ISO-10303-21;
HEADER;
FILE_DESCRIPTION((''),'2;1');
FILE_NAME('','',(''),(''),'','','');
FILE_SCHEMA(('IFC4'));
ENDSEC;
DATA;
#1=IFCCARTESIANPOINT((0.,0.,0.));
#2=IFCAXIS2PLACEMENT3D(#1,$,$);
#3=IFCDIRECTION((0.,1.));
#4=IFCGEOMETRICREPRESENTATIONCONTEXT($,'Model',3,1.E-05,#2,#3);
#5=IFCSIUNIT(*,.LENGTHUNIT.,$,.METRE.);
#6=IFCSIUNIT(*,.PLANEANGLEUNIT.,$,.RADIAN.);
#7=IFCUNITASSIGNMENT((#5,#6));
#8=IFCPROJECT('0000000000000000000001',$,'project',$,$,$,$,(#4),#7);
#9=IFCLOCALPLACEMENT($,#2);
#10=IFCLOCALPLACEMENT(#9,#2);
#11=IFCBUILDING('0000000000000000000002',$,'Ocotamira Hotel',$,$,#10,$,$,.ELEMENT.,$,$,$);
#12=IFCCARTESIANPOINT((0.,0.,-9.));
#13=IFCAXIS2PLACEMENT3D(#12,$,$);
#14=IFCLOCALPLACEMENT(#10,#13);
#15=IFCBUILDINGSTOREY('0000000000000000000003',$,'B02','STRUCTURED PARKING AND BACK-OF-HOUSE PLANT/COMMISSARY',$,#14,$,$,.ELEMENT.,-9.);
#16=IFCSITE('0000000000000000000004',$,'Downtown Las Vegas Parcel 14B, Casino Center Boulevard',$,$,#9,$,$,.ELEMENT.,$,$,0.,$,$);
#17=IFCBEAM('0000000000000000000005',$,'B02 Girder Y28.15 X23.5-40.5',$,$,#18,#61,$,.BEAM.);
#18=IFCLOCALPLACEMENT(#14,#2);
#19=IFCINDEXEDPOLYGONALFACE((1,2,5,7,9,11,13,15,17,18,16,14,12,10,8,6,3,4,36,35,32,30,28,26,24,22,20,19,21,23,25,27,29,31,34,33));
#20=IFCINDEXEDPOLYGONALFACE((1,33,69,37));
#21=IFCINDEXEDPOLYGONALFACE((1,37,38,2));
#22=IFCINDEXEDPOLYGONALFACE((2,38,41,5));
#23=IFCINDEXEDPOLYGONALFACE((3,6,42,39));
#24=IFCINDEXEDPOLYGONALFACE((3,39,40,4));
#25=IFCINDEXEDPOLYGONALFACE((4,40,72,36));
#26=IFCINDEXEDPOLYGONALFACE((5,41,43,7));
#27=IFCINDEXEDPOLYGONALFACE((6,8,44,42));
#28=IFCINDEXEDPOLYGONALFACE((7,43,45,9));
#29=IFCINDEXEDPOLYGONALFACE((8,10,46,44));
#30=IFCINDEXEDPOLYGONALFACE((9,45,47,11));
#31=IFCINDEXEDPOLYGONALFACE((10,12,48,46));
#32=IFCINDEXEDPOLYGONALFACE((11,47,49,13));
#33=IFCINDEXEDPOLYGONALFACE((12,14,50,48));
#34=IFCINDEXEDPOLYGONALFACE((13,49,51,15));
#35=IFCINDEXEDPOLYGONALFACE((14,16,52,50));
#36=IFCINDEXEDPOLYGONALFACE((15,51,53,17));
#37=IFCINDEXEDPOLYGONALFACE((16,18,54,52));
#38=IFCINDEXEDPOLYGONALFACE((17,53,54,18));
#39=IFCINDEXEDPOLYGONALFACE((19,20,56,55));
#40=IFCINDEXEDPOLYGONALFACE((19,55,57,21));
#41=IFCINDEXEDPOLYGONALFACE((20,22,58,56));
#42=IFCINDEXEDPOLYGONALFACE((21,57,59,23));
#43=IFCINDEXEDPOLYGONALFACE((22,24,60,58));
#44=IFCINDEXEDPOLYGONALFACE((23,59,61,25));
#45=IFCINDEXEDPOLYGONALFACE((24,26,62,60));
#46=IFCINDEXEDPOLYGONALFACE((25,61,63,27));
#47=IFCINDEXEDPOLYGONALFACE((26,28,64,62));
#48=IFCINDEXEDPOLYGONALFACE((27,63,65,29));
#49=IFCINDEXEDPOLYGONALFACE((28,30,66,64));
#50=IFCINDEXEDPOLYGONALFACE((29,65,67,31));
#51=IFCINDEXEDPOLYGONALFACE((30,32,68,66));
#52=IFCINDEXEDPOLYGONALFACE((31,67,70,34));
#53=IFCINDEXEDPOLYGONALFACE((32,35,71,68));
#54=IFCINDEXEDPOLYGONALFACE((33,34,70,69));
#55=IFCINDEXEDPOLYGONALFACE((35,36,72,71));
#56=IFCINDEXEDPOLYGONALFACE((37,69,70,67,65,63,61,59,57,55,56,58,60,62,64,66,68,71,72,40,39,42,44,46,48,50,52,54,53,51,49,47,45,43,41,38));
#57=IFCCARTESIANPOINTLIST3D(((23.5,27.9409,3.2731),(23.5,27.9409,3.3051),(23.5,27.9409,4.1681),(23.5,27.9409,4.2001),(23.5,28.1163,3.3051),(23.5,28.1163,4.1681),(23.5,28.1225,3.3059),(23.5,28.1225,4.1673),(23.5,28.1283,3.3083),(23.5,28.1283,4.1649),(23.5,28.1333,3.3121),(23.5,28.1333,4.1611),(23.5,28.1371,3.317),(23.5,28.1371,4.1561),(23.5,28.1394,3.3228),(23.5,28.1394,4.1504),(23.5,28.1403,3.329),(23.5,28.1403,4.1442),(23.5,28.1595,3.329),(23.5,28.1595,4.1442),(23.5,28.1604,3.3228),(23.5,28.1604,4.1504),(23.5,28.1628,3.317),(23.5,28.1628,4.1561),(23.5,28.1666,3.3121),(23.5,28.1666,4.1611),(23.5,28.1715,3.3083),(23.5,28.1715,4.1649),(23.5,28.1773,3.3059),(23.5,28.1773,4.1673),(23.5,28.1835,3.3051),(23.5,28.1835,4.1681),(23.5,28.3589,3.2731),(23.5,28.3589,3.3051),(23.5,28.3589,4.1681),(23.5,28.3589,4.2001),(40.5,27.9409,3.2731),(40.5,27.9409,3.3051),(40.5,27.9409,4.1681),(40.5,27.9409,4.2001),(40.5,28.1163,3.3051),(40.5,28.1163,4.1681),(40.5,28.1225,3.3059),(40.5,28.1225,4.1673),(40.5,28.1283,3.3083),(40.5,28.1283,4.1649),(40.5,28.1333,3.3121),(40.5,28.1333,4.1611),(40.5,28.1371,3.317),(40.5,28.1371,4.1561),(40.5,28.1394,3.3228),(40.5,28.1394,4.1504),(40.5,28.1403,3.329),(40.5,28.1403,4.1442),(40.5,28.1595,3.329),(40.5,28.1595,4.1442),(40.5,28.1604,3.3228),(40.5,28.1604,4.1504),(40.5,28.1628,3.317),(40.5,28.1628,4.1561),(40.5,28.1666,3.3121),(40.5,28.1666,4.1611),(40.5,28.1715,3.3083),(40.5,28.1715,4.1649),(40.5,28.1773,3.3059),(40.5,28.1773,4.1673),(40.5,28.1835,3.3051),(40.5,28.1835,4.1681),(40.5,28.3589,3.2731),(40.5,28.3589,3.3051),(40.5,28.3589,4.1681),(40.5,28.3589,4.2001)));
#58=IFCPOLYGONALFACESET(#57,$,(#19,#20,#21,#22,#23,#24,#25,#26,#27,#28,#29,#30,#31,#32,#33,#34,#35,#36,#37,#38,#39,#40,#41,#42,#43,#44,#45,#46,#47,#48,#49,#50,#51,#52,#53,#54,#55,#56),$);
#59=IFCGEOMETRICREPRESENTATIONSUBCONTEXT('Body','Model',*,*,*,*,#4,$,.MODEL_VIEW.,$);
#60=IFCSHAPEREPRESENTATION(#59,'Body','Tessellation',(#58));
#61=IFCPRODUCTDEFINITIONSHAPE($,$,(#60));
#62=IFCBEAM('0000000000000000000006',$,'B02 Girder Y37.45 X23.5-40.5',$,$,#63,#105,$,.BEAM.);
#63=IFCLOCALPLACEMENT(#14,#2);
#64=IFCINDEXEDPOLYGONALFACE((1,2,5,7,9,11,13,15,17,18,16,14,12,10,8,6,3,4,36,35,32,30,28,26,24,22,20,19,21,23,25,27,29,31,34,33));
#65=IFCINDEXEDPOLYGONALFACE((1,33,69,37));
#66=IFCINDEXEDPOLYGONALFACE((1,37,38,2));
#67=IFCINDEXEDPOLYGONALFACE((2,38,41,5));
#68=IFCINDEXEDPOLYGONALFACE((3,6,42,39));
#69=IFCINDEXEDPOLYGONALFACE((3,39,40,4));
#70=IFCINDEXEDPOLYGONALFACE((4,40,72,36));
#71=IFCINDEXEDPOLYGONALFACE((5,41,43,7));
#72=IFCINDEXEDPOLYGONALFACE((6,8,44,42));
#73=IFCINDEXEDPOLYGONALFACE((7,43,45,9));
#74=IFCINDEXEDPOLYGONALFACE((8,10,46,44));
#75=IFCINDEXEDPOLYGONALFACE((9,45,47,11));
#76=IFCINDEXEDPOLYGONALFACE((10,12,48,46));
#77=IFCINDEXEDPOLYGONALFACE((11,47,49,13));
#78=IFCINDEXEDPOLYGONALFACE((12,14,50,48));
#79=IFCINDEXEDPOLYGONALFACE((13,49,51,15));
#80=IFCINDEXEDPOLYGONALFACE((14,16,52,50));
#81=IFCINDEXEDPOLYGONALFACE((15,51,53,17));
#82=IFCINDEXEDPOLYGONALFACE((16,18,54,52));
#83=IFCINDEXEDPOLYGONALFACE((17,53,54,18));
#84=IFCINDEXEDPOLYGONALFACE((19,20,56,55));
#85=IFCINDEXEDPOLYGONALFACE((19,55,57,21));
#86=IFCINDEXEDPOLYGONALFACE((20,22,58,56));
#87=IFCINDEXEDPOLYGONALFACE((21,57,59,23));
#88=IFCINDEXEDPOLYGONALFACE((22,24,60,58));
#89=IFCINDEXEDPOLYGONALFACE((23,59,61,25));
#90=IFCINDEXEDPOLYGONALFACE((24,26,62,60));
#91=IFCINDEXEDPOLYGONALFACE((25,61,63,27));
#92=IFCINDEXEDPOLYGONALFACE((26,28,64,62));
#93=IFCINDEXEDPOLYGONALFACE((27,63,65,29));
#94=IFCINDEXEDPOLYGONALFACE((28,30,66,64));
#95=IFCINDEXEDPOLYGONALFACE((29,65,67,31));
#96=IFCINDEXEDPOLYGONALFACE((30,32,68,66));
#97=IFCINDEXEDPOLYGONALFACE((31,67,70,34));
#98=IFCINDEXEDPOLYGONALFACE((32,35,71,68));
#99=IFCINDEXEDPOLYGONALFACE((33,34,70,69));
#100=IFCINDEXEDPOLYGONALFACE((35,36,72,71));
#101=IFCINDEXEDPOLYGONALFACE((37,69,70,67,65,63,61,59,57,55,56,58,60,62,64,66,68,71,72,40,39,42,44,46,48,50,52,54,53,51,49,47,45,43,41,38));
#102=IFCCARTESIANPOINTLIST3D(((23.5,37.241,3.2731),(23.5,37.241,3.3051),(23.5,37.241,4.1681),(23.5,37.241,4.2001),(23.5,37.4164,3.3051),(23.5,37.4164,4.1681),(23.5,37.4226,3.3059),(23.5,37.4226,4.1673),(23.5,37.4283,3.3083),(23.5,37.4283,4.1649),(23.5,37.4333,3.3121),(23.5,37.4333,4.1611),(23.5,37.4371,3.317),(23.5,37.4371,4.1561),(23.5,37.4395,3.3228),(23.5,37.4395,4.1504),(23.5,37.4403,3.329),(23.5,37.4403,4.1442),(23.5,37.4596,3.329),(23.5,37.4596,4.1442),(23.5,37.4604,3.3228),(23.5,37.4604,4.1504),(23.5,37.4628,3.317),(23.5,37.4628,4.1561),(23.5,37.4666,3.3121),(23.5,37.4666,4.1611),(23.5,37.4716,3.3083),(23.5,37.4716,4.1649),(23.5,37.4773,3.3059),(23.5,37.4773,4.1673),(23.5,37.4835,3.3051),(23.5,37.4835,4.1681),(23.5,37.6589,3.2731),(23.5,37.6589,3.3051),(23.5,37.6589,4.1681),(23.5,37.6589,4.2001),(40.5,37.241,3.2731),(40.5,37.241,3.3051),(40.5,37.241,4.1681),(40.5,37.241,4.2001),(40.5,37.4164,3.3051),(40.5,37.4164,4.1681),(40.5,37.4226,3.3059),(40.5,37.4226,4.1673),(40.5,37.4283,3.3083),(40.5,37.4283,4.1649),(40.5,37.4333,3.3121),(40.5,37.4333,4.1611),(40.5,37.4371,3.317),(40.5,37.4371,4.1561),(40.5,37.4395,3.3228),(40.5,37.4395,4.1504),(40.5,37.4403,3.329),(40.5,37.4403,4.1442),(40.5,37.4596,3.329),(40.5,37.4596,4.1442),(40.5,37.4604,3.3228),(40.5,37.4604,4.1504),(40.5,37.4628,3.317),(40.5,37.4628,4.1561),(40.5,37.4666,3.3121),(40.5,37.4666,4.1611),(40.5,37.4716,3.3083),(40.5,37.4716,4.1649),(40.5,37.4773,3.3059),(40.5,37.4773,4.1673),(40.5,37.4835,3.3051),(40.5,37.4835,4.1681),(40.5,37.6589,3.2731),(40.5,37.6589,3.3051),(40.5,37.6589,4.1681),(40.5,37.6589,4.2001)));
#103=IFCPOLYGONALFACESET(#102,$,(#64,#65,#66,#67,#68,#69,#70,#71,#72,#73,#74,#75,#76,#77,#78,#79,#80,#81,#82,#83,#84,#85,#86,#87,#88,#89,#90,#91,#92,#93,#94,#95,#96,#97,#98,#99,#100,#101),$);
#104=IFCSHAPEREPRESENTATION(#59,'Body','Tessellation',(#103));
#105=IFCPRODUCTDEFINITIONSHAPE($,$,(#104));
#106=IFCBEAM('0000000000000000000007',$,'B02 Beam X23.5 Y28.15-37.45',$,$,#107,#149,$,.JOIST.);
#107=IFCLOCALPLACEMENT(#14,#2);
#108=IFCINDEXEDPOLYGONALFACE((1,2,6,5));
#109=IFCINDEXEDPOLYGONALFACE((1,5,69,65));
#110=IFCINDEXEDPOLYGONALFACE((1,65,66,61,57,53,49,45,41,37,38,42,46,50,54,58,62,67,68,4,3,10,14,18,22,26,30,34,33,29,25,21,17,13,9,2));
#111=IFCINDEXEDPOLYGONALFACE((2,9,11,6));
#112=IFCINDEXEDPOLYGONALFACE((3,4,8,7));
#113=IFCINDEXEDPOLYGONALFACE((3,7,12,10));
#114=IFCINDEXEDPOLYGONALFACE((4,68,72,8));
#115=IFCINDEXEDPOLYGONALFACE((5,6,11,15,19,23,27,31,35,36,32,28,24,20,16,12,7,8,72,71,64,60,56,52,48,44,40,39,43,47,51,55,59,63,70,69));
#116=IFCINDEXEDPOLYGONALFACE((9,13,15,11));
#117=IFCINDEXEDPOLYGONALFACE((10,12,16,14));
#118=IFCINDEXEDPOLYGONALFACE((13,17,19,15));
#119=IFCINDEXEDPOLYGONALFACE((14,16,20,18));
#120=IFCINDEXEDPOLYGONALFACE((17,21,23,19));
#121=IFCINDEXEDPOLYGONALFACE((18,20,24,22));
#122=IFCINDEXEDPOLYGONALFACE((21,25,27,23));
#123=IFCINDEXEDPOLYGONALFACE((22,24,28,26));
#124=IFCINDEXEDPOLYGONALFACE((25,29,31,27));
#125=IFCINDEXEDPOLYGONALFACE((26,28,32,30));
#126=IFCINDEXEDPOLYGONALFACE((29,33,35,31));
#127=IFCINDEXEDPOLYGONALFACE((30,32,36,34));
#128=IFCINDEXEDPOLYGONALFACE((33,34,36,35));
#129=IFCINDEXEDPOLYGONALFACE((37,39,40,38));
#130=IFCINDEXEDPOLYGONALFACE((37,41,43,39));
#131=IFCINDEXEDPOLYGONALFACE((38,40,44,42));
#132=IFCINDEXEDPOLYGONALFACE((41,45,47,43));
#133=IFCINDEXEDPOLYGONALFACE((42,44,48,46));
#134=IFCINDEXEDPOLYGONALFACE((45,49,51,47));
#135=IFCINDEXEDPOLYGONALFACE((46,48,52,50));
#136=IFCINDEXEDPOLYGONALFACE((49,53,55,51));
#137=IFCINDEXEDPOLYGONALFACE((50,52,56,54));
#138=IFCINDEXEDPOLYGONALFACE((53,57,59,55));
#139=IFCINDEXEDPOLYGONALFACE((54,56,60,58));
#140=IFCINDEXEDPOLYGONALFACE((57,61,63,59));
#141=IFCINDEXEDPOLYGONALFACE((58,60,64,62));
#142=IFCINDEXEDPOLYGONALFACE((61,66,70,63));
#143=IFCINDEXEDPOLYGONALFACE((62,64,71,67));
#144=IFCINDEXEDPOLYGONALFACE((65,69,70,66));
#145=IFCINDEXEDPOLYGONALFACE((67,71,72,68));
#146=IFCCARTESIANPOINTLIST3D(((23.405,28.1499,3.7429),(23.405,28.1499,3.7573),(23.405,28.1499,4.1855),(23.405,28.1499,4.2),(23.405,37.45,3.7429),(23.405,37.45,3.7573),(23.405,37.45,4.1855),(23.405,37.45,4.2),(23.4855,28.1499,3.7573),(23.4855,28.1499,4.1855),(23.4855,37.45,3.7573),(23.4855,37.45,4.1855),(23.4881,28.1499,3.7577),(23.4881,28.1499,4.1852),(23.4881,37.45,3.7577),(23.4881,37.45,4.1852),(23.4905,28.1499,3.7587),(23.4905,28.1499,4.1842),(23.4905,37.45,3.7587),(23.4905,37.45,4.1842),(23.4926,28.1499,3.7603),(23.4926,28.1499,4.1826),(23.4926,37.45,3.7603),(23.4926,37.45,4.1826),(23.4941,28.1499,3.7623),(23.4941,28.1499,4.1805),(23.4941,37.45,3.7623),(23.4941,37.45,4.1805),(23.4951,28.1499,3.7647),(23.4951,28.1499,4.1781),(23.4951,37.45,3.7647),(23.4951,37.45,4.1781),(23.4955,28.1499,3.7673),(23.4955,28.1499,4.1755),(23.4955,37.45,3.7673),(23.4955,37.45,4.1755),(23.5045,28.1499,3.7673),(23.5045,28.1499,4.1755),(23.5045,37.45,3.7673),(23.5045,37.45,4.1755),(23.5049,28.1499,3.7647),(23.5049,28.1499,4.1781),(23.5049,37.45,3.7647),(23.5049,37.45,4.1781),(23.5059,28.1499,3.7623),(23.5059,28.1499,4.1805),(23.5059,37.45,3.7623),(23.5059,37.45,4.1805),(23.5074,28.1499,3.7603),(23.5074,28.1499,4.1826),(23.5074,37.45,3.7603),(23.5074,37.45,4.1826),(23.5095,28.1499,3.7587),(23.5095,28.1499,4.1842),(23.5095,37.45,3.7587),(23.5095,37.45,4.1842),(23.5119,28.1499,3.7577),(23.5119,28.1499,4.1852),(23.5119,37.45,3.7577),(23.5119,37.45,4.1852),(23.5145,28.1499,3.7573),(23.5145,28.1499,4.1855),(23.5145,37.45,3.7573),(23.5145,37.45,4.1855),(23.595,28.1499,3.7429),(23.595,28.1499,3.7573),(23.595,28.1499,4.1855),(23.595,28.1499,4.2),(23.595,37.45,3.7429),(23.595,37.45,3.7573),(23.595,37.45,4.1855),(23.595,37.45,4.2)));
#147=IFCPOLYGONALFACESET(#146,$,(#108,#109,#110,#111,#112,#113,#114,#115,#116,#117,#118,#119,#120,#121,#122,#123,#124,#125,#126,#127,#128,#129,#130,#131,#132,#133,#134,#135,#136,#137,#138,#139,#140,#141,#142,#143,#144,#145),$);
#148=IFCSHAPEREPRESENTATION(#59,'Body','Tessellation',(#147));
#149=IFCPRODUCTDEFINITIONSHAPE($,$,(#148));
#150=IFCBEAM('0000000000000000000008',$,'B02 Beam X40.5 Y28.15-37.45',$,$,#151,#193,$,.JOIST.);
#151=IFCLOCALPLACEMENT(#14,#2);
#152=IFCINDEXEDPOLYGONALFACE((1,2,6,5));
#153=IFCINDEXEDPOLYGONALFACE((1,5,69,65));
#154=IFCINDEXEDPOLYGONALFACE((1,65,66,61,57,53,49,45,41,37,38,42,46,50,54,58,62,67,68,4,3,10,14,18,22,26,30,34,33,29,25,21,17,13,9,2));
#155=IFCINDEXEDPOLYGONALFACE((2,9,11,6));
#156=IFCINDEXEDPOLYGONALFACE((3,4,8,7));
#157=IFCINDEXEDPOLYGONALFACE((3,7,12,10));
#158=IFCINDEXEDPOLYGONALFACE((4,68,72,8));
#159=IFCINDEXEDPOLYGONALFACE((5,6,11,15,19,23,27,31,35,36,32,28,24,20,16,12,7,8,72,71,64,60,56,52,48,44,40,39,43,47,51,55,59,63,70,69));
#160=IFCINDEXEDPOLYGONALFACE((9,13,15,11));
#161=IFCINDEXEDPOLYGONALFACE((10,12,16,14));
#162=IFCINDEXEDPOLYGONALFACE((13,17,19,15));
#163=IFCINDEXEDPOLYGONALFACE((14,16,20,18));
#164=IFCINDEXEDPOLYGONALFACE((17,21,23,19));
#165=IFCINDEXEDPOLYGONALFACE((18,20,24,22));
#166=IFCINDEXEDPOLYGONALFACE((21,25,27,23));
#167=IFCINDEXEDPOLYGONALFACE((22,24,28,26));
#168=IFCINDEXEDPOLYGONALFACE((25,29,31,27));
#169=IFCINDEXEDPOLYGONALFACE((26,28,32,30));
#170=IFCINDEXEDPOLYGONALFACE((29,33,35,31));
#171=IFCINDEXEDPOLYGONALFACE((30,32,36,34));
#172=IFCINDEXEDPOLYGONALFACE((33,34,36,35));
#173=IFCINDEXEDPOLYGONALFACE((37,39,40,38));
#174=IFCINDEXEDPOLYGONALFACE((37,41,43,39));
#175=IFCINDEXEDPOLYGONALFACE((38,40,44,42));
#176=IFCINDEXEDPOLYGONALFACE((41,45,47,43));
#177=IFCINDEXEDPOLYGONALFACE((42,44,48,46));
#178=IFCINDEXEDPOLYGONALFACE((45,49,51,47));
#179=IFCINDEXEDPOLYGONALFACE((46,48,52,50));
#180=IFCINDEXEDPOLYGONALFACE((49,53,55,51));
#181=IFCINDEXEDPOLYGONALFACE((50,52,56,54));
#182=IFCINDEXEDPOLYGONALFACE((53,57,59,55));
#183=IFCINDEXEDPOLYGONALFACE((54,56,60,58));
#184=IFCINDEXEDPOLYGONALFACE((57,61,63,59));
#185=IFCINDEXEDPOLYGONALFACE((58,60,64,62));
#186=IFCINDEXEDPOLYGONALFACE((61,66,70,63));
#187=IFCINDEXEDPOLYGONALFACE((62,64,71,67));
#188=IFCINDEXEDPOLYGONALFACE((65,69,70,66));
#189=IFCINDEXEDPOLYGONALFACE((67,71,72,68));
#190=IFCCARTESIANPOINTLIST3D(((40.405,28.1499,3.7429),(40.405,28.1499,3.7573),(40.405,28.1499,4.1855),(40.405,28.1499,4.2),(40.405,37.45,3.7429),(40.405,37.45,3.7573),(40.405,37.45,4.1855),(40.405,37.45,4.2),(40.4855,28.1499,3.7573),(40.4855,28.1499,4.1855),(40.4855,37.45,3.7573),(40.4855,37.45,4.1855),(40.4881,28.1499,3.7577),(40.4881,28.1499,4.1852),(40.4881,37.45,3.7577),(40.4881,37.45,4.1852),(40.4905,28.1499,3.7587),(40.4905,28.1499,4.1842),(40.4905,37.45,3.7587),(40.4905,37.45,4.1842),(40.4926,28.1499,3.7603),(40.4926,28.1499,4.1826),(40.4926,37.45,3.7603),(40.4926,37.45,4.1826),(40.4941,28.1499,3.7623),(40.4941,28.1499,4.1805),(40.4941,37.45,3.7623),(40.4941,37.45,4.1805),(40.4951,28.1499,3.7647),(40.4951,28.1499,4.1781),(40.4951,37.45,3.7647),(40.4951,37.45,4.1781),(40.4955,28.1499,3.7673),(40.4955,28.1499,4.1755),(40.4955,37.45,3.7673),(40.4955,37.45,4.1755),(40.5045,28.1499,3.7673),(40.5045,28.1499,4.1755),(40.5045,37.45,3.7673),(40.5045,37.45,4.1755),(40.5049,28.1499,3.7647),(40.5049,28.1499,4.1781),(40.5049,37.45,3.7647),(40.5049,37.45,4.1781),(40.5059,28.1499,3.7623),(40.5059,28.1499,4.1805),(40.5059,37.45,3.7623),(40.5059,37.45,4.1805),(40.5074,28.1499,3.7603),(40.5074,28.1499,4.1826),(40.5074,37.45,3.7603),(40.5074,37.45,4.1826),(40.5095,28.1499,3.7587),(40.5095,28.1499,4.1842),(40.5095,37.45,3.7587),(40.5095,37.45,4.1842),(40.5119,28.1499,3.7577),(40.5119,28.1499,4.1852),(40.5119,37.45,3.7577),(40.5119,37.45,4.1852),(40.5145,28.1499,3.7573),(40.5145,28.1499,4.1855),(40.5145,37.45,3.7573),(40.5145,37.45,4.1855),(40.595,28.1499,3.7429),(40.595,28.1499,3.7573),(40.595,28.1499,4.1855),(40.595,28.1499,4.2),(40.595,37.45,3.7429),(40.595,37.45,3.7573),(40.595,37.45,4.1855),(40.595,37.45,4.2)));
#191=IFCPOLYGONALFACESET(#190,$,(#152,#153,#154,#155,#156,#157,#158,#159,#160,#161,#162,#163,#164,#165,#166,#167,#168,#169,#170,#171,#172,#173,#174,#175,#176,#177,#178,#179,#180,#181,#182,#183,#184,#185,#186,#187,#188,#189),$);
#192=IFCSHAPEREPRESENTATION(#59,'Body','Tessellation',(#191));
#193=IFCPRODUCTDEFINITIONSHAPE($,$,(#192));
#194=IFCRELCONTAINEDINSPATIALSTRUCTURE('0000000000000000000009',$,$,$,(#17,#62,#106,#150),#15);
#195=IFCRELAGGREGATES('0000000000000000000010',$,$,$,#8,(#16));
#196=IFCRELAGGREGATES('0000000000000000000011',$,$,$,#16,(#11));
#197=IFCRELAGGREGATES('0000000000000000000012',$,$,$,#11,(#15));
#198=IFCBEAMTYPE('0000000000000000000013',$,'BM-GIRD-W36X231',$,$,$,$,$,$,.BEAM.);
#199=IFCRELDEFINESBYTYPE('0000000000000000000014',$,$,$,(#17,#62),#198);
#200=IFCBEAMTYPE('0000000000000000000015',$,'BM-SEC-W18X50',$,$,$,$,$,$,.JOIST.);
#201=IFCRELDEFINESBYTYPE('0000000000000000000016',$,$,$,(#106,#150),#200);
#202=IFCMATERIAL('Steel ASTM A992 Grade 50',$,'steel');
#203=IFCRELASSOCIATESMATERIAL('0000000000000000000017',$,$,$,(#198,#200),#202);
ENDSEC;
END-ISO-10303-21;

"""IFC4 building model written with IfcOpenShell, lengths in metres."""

from ifc_helpers import new_model, si_unit, direction, frame, origin, origin_2d, place, context, subcontext, project, spatial, i_section, extrude, source, transform, mapped, material, material_profile, profile_set, type_object, element, save


model = new_model("IFC4")

# Units and contexts
model_context = context("Model", 3, precision=1e-05, world=origin(), true_north=direction((0.0, 1.0)))
body_context = subcontext(model_context, "Body", "Model", "MODEL_VIEW")
ifc_project = project(units=[si_unit("LENGTHUNIT", "METRE"), si_unit("PLANEANGLEUNIT", "RADIAN")], contexts=[model_context])

# Site, building, storey
site_placement = place(None, origin())
site = spatial("IfcSite", under=ifc_project, at=site_placement, Name="Downtown Las Vegas Parcel 14B, Casino Center Boulevard", CompositionType="ELEMENT", RefElevation=0.0)
building_placement = place(site_placement, origin())
building = spatial("IfcBuilding", under=site, at=building_placement, Name="Ocotamira Hotel", CompositionType="ELEMENT")
storey_placement = place(building_placement, frame((0.0, 0.0, -9.0)))
storey = spatial("IfcBuildingStorey", under=building, at=storey_placement, Name="B02", Description="STRUCTURED PARKING AND BACK-OF-HOUSE PLANT/COMMISSARY", CompositionType="ELEMENT", Elevation=-9.0)

# Beams
ifc_material_1 = material(Name="Steel ASTM A992 Grade 50", Category="steel")
ifc_material_profile_1 = material_profile(ifc_material_1, i_section(OverallWidth=0.418, OverallDepth=0.927, WebThickness=0.0193, FlangeThickness=0.032, FilletRadius=0.0239, at=origin_2d()), Name="W36X231")
ifc_profile_set_1 = profile_set([ifc_material_profile_1], Name="Steel ASTM A992 Grade 50")
beam_type_1 = type_object("IfcBeamType", Name="BM-GIRD-W36X231", PredefinedType="BEAM", material=ifc_profile_set_1)
shared_shape_1 = source(origin(), body_context, "Body", "SweptSolid", [
    extrude(i_section(OverallWidth=0.418, OverallDepth=0.927, WebThickness=0.0193, FlangeThickness=0.032, FilletRadius=0.0239, at=origin_2d()), origin(), (0.0, 0.0, 1.0), 17.0),
])
for number, where, z_axis, x_axis, name in (
    (1, (23.5, 28.1499, 3.7366), (1.0, 0.0, 0.0), (0.0, 1.0, 0.0), "B02 Girder Y28.15 X23.5-40.5"),
    (2, (23.5, 37.45, 3.7366), (1.0, 0.0, 0.0), (0.0, 1.0, 0.0), "B02 Girder Y37.45 X23.5-40.5"),
):
    element("IfcBeam", number, at=place(storey_placement, frame(where, z_axis=z_axis, x_axis=x_axis)), inside=storey, type_object=beam_type_1, Name=name, PredefinedType="BEAM", context=body_context, shape_type="MappedRepresentation", body=[
        mapped(shared_shape_1, transform((0.0, 0.0, 0.0), scale=1.0)),
    ])
ifc_material_profile_2 = material_profile(ifc_material_1, i_section(OverallWidth=0.1899, OverallDepth=0.457, WebThickness=0.009, FlangeThickness=0.0144, FilletRadius=0.01, at=origin_2d()), Name="W18X50")
ifc_profile_set_2 = profile_set([ifc_material_profile_2], Name="Steel ASTM A992 Grade 50")
beam_type_2 = type_object("IfcBeamType", Name="BM-SEC-W18X50", PredefinedType="JOIST", material=ifc_profile_set_2)
shared_shape_2 = source(origin(), body_context, "Body", "SweptSolid", [
    extrude(i_section(OverallWidth=0.1899, OverallDepth=0.457, WebThickness=0.009, FlangeThickness=0.0144, FilletRadius=0.01, at=origin_2d()), origin(), (0.0, 0.0, 1.0), 9.3),
])
for number, where, z_axis, x_axis, name in (
    (3, (23.5, 28.1499, 3.9714), (0.0, 1.0, 0.0), (-1.0, 0.0, 0.0), "B02 Beam X23.5 Y28.15-37.45"),
    (4, (40.5, 28.1499, 3.9714), (0.0, 1.0, 0.0), (-1.0, 0.0, 0.0), "B02 Beam X40.5 Y28.15-37.45"),
):
    element("IfcBeam", number, at=place(storey_placement, frame(where, z_axis=z_axis, x_axis=x_axis)), inside=storey, type_object=beam_type_2, Name=name, PredefinedType="JOIST", context=body_context, shape_type="MappedRepresentation", body=[
        mapped(shared_shape_2, transform((0.0, 0.0, 0.0), scale=1.0)),
    ])

save(model, "model.ifc")
